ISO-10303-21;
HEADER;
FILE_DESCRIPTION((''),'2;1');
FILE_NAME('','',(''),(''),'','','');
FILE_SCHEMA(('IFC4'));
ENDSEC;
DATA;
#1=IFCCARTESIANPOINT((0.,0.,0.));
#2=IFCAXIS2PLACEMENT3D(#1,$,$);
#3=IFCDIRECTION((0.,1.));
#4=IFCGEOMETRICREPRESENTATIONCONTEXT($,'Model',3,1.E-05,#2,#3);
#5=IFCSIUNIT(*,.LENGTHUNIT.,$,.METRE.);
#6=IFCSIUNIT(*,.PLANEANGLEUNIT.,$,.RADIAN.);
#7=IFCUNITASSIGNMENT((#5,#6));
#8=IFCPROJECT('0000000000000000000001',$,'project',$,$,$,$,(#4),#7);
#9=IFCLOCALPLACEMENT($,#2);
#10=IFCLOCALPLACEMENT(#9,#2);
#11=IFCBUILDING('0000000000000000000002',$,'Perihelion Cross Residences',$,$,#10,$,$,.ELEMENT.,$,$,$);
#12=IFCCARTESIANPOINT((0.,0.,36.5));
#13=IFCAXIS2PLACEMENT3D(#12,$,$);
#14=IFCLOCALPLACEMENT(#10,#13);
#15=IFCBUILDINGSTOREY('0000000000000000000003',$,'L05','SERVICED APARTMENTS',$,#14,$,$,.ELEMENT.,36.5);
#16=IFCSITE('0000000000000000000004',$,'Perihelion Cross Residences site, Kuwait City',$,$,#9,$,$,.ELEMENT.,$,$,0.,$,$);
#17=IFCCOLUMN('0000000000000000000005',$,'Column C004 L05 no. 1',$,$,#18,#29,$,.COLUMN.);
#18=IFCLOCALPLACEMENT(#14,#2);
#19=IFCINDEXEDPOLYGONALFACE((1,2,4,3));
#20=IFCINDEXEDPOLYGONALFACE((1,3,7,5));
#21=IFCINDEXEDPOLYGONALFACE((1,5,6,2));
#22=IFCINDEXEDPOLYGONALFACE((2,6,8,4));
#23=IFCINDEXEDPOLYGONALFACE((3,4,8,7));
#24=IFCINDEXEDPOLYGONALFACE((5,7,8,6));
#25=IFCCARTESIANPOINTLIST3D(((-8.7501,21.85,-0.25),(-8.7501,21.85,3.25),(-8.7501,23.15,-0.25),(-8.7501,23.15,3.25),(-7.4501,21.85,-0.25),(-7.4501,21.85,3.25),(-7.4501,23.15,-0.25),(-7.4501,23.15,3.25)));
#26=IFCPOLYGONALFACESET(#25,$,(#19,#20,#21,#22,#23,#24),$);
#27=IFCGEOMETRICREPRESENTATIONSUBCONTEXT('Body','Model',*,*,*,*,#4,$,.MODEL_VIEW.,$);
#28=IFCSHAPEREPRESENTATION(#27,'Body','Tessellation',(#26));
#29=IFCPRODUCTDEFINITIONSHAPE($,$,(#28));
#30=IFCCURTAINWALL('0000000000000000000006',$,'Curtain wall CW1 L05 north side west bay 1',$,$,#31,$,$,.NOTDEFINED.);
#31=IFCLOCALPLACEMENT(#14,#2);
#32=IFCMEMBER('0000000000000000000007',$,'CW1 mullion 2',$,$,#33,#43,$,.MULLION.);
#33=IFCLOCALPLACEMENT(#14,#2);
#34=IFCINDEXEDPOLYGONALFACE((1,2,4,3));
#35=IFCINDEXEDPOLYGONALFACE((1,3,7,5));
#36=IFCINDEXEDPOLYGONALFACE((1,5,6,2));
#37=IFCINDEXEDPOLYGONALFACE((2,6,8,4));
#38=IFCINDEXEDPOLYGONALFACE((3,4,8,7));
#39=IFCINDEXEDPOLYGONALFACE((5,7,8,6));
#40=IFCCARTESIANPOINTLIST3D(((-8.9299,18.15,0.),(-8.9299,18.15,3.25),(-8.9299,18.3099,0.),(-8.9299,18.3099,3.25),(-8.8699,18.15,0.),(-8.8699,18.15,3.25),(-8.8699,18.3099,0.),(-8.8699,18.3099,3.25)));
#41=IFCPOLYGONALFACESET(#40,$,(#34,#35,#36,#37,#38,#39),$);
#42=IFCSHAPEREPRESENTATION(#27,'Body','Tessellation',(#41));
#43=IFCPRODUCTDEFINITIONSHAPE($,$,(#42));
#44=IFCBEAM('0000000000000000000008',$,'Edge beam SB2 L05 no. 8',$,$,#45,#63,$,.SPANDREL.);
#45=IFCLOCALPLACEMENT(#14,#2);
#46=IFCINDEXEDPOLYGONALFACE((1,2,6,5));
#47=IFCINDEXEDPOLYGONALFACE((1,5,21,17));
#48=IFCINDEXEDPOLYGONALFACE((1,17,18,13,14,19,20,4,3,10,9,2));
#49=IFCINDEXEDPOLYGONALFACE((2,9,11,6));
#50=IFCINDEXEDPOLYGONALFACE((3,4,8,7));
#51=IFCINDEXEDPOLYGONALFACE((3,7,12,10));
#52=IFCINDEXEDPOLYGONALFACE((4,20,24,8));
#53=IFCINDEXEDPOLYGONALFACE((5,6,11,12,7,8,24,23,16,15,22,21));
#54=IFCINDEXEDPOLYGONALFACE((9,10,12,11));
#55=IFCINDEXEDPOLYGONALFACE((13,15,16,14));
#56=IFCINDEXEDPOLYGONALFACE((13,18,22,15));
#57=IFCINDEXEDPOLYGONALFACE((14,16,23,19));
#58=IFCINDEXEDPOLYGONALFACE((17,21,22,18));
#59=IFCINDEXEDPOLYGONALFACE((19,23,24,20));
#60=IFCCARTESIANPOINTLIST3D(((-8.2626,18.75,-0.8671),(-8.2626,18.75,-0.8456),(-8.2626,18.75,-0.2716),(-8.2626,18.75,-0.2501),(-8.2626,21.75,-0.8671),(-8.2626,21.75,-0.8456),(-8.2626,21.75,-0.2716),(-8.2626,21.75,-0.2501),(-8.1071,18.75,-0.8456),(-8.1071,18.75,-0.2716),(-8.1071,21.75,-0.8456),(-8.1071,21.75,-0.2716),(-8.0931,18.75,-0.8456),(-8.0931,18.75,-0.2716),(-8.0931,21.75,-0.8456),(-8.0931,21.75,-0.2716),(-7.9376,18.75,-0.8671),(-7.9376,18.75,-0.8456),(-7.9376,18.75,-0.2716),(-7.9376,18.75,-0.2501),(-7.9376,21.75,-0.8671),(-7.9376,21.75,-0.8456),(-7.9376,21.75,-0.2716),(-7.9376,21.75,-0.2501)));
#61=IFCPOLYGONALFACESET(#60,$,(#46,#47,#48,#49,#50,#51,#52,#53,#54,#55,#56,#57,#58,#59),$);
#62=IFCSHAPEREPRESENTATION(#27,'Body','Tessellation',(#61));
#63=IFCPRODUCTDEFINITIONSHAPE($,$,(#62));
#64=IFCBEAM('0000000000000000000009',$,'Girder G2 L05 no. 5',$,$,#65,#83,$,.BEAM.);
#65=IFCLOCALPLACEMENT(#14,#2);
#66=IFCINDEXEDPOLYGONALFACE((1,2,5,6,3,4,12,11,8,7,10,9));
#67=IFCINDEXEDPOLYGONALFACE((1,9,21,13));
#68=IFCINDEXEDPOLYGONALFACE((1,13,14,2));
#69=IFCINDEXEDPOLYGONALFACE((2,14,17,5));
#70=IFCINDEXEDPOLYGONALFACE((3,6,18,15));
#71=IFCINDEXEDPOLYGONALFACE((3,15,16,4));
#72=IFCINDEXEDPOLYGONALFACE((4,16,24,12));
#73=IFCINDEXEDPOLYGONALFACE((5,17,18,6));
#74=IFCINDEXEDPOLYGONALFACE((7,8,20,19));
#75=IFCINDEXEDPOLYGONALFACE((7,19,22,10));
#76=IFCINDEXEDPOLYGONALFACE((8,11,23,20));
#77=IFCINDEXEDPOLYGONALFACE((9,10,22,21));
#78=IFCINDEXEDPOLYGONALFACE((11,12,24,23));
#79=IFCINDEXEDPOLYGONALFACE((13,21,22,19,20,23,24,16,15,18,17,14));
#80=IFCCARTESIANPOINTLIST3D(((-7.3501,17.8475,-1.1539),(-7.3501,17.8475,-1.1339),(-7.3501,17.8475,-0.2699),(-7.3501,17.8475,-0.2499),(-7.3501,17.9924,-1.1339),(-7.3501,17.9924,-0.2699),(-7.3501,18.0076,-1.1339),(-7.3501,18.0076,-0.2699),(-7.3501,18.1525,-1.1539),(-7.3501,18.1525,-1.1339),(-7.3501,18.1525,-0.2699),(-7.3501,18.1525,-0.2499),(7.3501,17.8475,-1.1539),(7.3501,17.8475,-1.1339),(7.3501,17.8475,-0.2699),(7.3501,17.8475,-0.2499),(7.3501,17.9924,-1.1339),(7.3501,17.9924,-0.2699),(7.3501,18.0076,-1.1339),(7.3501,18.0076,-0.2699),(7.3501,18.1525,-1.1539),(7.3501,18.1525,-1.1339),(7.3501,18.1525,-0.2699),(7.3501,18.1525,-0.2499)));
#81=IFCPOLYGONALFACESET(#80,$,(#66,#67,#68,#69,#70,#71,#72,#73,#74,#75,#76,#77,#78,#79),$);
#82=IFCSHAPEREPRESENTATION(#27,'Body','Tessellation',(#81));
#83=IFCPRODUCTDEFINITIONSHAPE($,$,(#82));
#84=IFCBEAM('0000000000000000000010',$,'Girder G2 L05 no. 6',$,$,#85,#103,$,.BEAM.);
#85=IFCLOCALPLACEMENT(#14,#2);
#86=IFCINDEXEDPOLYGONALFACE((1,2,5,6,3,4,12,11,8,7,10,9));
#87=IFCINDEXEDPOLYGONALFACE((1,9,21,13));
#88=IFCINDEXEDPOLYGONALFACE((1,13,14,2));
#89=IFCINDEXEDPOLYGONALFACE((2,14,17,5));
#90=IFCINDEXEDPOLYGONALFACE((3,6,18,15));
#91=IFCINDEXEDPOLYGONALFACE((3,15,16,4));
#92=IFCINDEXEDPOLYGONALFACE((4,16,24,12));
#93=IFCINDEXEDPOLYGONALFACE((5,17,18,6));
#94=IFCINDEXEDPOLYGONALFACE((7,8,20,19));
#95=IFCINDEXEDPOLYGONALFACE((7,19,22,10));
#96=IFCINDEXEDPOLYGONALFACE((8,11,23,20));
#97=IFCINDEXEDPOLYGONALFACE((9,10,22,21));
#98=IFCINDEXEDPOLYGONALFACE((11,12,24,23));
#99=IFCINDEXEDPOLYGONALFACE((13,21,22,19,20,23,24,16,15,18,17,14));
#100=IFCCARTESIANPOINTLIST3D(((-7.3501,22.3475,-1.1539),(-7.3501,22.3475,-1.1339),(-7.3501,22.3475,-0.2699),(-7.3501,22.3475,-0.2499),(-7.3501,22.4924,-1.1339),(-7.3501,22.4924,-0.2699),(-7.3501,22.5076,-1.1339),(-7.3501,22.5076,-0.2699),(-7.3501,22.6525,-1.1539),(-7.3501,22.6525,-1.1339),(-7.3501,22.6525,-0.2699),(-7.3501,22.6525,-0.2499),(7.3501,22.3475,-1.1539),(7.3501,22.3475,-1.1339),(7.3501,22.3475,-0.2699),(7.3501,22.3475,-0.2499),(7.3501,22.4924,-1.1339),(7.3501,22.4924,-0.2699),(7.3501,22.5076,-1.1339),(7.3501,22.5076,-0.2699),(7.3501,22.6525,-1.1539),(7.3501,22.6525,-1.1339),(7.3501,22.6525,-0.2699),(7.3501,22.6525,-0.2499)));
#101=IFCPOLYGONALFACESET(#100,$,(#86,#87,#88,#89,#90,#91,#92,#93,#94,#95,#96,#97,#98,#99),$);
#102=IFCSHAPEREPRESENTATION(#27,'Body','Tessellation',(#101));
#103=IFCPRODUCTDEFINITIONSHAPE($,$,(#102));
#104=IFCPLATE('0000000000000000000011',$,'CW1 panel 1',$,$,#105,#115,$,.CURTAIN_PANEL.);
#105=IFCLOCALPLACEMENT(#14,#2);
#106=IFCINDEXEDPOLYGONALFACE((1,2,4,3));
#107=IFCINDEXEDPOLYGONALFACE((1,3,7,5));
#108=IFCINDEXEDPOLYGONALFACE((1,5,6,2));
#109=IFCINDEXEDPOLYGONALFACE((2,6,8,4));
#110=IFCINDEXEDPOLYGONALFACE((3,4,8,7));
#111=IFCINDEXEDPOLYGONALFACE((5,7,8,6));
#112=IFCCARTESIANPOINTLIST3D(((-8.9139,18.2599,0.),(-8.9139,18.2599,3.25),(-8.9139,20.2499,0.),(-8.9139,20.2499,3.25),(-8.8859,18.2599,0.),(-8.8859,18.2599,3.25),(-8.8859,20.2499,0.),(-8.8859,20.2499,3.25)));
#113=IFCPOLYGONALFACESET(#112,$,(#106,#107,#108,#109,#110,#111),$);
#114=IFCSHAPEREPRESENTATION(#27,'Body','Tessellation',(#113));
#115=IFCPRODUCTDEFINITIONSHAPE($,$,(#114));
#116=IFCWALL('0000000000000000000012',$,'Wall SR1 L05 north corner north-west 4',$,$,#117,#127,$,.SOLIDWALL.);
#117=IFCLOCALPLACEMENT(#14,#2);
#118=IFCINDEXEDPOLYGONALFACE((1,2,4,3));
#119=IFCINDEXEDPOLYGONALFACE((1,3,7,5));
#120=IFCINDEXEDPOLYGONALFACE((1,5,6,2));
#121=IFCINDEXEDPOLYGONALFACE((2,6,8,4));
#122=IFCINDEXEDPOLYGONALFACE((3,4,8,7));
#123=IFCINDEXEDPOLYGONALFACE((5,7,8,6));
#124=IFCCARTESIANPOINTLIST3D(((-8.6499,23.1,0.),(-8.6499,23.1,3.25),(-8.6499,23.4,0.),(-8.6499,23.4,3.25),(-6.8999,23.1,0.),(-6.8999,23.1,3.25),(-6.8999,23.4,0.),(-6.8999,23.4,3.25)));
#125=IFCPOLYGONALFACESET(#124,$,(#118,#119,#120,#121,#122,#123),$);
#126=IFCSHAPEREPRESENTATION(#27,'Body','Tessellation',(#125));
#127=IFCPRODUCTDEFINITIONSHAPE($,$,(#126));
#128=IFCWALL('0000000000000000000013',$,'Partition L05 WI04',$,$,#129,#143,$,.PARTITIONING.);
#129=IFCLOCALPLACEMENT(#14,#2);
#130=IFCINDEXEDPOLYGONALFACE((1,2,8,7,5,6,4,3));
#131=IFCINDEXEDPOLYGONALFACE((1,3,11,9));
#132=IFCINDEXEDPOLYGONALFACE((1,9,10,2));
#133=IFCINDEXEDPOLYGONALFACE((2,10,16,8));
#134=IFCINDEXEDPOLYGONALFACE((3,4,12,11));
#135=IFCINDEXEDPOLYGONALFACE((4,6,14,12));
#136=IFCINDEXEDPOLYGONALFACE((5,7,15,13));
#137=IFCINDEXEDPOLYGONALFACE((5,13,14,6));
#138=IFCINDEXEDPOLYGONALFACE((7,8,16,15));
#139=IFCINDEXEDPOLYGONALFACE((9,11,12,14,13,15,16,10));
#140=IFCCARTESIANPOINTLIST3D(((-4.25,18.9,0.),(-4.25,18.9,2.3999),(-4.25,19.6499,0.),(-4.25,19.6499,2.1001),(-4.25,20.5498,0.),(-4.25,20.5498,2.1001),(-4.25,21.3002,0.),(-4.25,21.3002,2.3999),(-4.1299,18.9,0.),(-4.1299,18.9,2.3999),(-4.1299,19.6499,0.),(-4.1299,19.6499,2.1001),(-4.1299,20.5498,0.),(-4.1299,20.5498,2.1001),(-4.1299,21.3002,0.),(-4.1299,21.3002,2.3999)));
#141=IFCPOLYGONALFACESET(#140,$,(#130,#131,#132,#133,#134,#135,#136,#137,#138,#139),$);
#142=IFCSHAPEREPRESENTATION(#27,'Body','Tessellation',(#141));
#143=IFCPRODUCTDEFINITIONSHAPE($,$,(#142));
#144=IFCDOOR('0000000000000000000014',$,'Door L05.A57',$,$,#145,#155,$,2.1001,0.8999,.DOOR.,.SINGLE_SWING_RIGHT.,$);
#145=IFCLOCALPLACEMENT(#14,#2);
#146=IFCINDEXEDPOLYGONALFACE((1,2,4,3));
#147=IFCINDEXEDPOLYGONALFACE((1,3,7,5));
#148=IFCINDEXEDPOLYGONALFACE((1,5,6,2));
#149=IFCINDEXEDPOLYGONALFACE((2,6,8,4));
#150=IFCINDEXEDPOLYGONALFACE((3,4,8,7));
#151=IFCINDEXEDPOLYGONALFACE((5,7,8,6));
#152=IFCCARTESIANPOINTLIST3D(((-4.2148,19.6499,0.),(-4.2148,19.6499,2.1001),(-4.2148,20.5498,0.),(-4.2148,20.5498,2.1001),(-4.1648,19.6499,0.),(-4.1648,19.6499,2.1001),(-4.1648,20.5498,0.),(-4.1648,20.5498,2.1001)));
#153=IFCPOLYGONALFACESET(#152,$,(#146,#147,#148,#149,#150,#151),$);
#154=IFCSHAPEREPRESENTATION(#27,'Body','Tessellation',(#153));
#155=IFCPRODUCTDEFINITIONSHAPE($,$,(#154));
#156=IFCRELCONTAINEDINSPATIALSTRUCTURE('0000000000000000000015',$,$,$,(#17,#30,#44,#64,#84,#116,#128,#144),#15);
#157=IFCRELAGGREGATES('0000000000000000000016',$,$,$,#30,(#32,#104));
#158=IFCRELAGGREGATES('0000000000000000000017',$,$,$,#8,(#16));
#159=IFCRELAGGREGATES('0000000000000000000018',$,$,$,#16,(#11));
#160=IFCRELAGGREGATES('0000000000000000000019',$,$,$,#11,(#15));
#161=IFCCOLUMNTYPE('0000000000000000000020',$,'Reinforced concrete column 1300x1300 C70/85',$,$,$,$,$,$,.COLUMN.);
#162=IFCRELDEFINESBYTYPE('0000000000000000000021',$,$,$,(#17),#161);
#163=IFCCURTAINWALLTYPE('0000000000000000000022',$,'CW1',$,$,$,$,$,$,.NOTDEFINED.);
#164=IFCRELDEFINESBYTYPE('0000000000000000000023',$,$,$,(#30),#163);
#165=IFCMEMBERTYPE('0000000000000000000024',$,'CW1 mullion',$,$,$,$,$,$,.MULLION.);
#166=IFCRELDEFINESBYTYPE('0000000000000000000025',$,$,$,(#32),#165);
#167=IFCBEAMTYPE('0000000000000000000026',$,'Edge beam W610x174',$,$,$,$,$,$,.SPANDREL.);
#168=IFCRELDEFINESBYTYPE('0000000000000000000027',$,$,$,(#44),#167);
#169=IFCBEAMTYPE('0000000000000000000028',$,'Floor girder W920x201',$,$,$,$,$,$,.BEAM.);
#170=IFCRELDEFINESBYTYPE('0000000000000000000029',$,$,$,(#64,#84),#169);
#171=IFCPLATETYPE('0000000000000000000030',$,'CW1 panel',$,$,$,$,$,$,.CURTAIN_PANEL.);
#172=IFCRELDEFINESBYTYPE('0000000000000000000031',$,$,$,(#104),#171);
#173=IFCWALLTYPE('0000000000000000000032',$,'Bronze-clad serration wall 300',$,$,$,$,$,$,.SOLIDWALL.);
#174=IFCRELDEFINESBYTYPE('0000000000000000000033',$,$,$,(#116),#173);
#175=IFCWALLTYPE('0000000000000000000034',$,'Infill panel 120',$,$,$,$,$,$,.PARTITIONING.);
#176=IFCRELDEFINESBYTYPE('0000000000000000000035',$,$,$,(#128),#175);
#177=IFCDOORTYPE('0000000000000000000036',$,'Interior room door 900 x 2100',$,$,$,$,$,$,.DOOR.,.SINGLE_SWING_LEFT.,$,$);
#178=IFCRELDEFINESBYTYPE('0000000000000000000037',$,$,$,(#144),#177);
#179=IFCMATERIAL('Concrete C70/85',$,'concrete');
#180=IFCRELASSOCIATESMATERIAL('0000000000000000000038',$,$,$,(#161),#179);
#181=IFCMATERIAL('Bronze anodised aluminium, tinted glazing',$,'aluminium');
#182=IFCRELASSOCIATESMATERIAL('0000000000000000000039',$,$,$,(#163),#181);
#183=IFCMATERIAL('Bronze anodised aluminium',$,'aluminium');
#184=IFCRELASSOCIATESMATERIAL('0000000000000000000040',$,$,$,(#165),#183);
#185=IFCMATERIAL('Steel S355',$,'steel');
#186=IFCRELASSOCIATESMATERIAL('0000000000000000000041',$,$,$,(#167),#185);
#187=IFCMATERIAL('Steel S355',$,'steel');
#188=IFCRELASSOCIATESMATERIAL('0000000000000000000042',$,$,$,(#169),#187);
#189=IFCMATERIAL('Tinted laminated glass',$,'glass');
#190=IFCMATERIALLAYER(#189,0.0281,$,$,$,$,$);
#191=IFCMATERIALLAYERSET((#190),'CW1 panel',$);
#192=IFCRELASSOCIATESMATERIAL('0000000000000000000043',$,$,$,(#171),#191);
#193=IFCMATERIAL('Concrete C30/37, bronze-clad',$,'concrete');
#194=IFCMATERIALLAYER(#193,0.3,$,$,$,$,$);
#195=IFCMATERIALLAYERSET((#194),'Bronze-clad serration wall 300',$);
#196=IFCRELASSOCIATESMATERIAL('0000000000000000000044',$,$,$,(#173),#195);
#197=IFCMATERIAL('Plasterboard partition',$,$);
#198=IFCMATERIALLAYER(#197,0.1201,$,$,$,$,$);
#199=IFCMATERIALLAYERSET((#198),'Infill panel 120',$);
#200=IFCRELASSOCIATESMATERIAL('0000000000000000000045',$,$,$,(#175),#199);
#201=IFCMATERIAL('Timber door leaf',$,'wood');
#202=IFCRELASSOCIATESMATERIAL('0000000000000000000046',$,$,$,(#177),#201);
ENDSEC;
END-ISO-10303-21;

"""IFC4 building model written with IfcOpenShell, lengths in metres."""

from ifc_helpers import new_model, si_unit, direction, frame, frame_2d, origin, origin_2d, place, context, subcontext, project, spatial, rectangle, i_section, extrude, material, layer, layer_set, material_profile, profile_set, type_object, element, fill, aggregate, save


model = new_model("IFC4")

# Units and contexts
model_context = context("Model", 3, precision=1e-05, world=origin(), true_north=direction((0.0, 1.0)))
body_context = subcontext(model_context, "Body", "Model", "MODEL_VIEW")
ifc_project = project(units=[si_unit("LENGTHUNIT", "METRE"), si_unit("PLANEANGLEUNIT", "RADIAN")], contexts=[model_context])

# Site, building, storey
site_placement = place(None, origin())
site = spatial("IfcSite", under=ifc_project, at=site_placement, Name="Perihelion Cross Residences site, Kuwait City", CompositionType="ELEMENT", RefElevation=0.0)
building_placement = place(site_placement, origin())
building = spatial("IfcBuilding", under=site, at=building_placement, Name="Perihelion Cross Residences", CompositionType="ELEMENT")
storey_placement = place(building_placement, frame((0.0, 0.0, 36.5)))
storey = spatial("IfcBuildingStorey", under=building, at=storey_placement, Name="L05", Description="SERVICED APARTMENTS", CompositionType="ELEMENT", Elevation=36.5)

# Column
ifc_material_1 = material(Name="Concrete C70/85", Category="concrete")
ifc_material_profile_1 = material_profile(ifc_material_1, rectangle(XDim=1.3, YDim=1.3, at=origin_2d()), Name="RC 1300x1300")
ifc_profile_set_1 = profile_set([ifc_material_profile_1], Name="Concrete C70/85")
column_type = type_object("IfcColumnType", Name="Reinforced concrete column 1300x1300 C70/85", PredefinedType="COLUMN", material=ifc_profile_set_1)
column_placement = place(storey_placement, frame((-8.1001, 22.5, -0.25), z_axis=(0.0, 0.0, 1.0), x_axis=(1.0, 0.0, 0.0)))
element("IfcColumn", 1, at=column_placement, inside=storey, type_object=column_type, Name="Column C004 L05 no. 1", PredefinedType="COLUMN", context=body_context, shape_type="SweptSolid", body=[
    extrude(rectangle(XDim=1.3, YDim=1.3, at=origin_2d()), origin(), (0.0, 0.0, 1.0), 3.5),
])

# Curtain wall, member
ifc_material_2 = material(Name="Bronze anodised aluminium, tinted glazing", Category="aluminium")
curtain_wall_type = type_object("IfcCurtainWallType", Name="CW1", PredefinedType="NOTDEFINED", material=ifc_material_2)
curtain_wall_placement = place(storey_placement, origin())
curtain_wall = element("IfcCurtainWall", 2, at=curtain_wall_placement, inside=storey, type_object=curtain_wall_type, Name="Curtain wall CW1 L05 north side west bay 1", PredefinedType="NOTDEFINED")
ifc_material_3 = material(Name="Bronze anodised aluminium", Category="aluminium")
ifc_material_profile_2 = material_profile(ifc_material_3, rectangle(XDim=0.0601, YDim=0.1599, at=origin_2d()), Name="CW1 mullion")
ifc_profile_set_2 = profile_set([ifc_material_profile_2], Name="Bronze anodised aluminium")
member_type = type_object("IfcMemberType", Name="CW1 mullion", PredefinedType="MULLION", material=ifc_profile_set_2)
member_placement = place(storey_placement, frame((-8.8999, 18.23, 0.0), z_axis=(0.0, 0.0, 1.0), x_axis=(1.0, 0.0, 0.0)))
member = element("IfcMember", 3, at=member_placement, type_object=member_type, Name="CW1 mullion 2", PredefinedType="MULLION", context=body_context, shape_type="SweptSolid", body=[
    extrude(rectangle(XDim=0.0601, YDim=0.1599, at=origin_2d()), origin(), (0.0, 0.0, 1.0), 3.25),
])

# Beams
ifc_material_4 = material(Name="Steel S355", Category="steel")
ifc_material_profile_3 = material_profile(ifc_material_4, i_section(OverallWidth=0.325, OverallDepth=0.6169, WebThickness=0.0139, FlangeThickness=0.0215, at=origin_2d()), Name="W610x174")
ifc_profile_set_3 = profile_set([ifc_material_profile_3], Name="Steel S355")
beam_type_1 = type_object("IfcBeamType", Name="Edge beam W610x174", PredefinedType="SPANDREL", material=ifc_profile_set_3)
beam_placement = place(storey_placement, frame((-8.1001, 21.75, -0.5586), z_axis=(0.0, -1.0, 0.0), x_axis=(1.0, 0.0, 0.0)))
element("IfcBeam", 4, at=beam_placement, inside=storey, type_object=beam_type_1, Name="Edge beam SB2 L05 no. 8", PredefinedType="SPANDREL", context=body_context, shape_type="SweptSolid", body=[
    extrude(i_section(OverallWidth=0.325, OverallDepth=0.6169, WebThickness=0.0139, FlangeThickness=0.0215, at=origin_2d()), origin(), (0.0, 0.0, 1.0), 3.0),
])
ifc_material_5 = material(Name="Steel S355", Category="steel")
ifc_material_profile_4 = material_profile(ifc_material_5, i_section(OverallWidth=0.3049, OverallDepth=0.9041, WebThickness=0.0151, FlangeThickness=0.02, at=origin_2d()), Name="W920x201")
ifc_profile_set_4 = profile_set([ifc_material_profile_4], Name="Steel S355")
beam_type_2 = type_object("IfcBeamType", Name="Floor girder W920x201", PredefinedType="BEAM", material=ifc_profile_set_4)
for number, where, z_axis, x_axis, name in (
    (5, (-7.3501, 18.0, -0.7019), (1.0, 0.0, 0.0), (0.0, 1.0, 0.0), "Girder G2 L05 no. 5"),
    (6, (-7.3501, 22.5, -0.7019), (1.0, 0.0, 0.0), (0.0, 1.0, 0.0), "Girder G2 L05 no. 6"),
):
    element("IfcBeam", number, at=place(storey_placement, frame(where, z_axis=z_axis, x_axis=x_axis)), inside=storey, type_object=beam_type_2, Name=name, PredefinedType="BEAM", context=body_context, shape_type="SweptSolid", body=[
        extrude(i_section(OverallWidth=0.3049, OverallDepth=0.9041, WebThickness=0.0151, FlangeThickness=0.02, at=origin_2d()), origin(), (0.0, 0.0, 1.0), 14.7002),
    ])

# Plate
ifc_material_6 = material(Name="Tinted laminated glass", Category="glass")
ifc_layer_1 = layer(ifc_material_6, 0.0281)
ifc_layer_set_1 = layer_set([ifc_layer_1], Name="CW1 panel")
plate_type = type_object("IfcPlateType", Name="CW1 panel", PredefinedType="CURTAIN_PANEL", material=ifc_layer_set_1)
plate_placement = place(storey_placement, frame((-8.8999, 19.2549, 0.0), z_axis=(0.0, 0.0, 1.0), x_axis=(0.0, -1.0, 0.0)))
plate = element("IfcPlate", 7, at=plate_placement, type_object=plate_type, Name="CW1 panel 1", PredefinedType="CURTAIN_PANEL", context=body_context, shape_type="SweptSolid", body=[
    extrude(rectangle(XDim=1.99, YDim=0.0281, at=origin_2d()), origin(), (0.0, 0.0, 1.0), 3.25),
])
aggregate(curtain_wall, [member, plate])

# Wall
ifc_material_7 = material(Name="Concrete C30/37, bronze-clad", Category="concrete")
ifc_layer_2 = layer(ifc_material_7, 0.3)
ifc_layer_set_2 = layer_set([ifc_layer_2], Name="Bronze-clad serration wall 300")
wall_type_1 = type_object("IfcWallType", Name="Bronze-clad serration wall 300", PredefinedType="SOLIDWALL", material=ifc_layer_set_2)
wall_1_placement = place(storey_placement, frame((-6.8999, 23.25, 0.0), z_axis=(0.0, 0.0, 1.0), x_axis=(-1.0, 0.0, 0.0)))
element("IfcWall", 8, at=wall_1_placement, inside=storey, type_object=wall_type_1, Name="Wall SR1 L05 north corner north-west 4", PredefinedType="SOLIDWALL", context=body_context, shape_type="SweptSolid", body=[
    extrude(rectangle(XDim=1.75, YDim=0.3, at=frame_2d((0.875, 0.0))), origin(), (0.0, 0.0, 1.0), 3.25),
])

# Wall, opening, door
ifc_material_8 = material(Name="Plasterboard partition")
ifc_layer_3 = layer(ifc_material_8, 0.1201)
ifc_layer_set_3 = layer_set([ifc_layer_3], Name="Infill panel 120")
wall_type_2 = type_object("IfcWallType", Name="Infill panel 120", PredefinedType="PARTITIONING", material=ifc_layer_set_3)
wall_2_placement = place(storey_placement, frame((-4.1899, 18.8999, 0.0), z_axis=(0.0, 0.0, 1.0), x_axis=(0.0, 1.0, 0.0)))
wall_2 = element("IfcWall", 9, at=wall_2_placement, inside=storey, type_object=wall_type_2, Name="Partition L05 WI04", PredefinedType="PARTITIONING", context=body_context, shape_type="SweptSolid", body=[
    extrude(rectangle(XDim=2.4001, YDim=0.1201, at=frame_2d((1.2002, 0.0))), origin(), (0.0, 0.0, 1.0), 2.3999),
])
opening_1_placement = place(wall_2_placement, frame((0.75, 0.0, 0.0)))
opening_1 = element("IfcOpeningElement", 10, at=opening_1_placement, cuts=wall_2, PredefinedType="OPENING", context=body_context, shape_type="SweptSolid", body=[
    extrude(rectangle(XDim=0.8999, YDim=2.1001, at=frame_2d((0.45, 1.05))), frame((0.0, 0.0701, 0.0), z_axis=(0.0, -1.0, 0.0), x_axis=(1.0, 0.0, 0.0)), (0.0, 0.0, 1.0), 0.1401),
])
ifc_material_9 = material(Name="Timber door leaf", Category="wood")
door_type_1 = type_object("IfcDoorType", Name="Interior room door 900 x 2100", OperationType="SINGLE_SWING_LEFT", PredefinedType="DOOR", material=ifc_material_9)
door_1_placement = place(opening_1_placement, origin())
door_1 = element("IfcDoor", 11, at=door_1_placement, inside=storey, type_object=door_type_1, Name="Door L05.A57", OperationType="SINGLE_SWING_RIGHT", OverallHeight=2.1001, OverallWidth=0.8999, PredefinedType="DOOR", context=body_context, shape_type="SweptSolid", body=[
    extrude(rectangle(XDim=0.8999, YDim=2.1001, at=frame_2d((0.45, 1.05))), frame((0.0, 0.0249, 0.0), z_axis=(0.0, -1.0, 0.0), x_axis=(1.0, 0.0, 0.0)), (0.0, 0.0, 1.0), 0.05),
])
fill(opening_1, door_1)

save(model, "model.ifc")
